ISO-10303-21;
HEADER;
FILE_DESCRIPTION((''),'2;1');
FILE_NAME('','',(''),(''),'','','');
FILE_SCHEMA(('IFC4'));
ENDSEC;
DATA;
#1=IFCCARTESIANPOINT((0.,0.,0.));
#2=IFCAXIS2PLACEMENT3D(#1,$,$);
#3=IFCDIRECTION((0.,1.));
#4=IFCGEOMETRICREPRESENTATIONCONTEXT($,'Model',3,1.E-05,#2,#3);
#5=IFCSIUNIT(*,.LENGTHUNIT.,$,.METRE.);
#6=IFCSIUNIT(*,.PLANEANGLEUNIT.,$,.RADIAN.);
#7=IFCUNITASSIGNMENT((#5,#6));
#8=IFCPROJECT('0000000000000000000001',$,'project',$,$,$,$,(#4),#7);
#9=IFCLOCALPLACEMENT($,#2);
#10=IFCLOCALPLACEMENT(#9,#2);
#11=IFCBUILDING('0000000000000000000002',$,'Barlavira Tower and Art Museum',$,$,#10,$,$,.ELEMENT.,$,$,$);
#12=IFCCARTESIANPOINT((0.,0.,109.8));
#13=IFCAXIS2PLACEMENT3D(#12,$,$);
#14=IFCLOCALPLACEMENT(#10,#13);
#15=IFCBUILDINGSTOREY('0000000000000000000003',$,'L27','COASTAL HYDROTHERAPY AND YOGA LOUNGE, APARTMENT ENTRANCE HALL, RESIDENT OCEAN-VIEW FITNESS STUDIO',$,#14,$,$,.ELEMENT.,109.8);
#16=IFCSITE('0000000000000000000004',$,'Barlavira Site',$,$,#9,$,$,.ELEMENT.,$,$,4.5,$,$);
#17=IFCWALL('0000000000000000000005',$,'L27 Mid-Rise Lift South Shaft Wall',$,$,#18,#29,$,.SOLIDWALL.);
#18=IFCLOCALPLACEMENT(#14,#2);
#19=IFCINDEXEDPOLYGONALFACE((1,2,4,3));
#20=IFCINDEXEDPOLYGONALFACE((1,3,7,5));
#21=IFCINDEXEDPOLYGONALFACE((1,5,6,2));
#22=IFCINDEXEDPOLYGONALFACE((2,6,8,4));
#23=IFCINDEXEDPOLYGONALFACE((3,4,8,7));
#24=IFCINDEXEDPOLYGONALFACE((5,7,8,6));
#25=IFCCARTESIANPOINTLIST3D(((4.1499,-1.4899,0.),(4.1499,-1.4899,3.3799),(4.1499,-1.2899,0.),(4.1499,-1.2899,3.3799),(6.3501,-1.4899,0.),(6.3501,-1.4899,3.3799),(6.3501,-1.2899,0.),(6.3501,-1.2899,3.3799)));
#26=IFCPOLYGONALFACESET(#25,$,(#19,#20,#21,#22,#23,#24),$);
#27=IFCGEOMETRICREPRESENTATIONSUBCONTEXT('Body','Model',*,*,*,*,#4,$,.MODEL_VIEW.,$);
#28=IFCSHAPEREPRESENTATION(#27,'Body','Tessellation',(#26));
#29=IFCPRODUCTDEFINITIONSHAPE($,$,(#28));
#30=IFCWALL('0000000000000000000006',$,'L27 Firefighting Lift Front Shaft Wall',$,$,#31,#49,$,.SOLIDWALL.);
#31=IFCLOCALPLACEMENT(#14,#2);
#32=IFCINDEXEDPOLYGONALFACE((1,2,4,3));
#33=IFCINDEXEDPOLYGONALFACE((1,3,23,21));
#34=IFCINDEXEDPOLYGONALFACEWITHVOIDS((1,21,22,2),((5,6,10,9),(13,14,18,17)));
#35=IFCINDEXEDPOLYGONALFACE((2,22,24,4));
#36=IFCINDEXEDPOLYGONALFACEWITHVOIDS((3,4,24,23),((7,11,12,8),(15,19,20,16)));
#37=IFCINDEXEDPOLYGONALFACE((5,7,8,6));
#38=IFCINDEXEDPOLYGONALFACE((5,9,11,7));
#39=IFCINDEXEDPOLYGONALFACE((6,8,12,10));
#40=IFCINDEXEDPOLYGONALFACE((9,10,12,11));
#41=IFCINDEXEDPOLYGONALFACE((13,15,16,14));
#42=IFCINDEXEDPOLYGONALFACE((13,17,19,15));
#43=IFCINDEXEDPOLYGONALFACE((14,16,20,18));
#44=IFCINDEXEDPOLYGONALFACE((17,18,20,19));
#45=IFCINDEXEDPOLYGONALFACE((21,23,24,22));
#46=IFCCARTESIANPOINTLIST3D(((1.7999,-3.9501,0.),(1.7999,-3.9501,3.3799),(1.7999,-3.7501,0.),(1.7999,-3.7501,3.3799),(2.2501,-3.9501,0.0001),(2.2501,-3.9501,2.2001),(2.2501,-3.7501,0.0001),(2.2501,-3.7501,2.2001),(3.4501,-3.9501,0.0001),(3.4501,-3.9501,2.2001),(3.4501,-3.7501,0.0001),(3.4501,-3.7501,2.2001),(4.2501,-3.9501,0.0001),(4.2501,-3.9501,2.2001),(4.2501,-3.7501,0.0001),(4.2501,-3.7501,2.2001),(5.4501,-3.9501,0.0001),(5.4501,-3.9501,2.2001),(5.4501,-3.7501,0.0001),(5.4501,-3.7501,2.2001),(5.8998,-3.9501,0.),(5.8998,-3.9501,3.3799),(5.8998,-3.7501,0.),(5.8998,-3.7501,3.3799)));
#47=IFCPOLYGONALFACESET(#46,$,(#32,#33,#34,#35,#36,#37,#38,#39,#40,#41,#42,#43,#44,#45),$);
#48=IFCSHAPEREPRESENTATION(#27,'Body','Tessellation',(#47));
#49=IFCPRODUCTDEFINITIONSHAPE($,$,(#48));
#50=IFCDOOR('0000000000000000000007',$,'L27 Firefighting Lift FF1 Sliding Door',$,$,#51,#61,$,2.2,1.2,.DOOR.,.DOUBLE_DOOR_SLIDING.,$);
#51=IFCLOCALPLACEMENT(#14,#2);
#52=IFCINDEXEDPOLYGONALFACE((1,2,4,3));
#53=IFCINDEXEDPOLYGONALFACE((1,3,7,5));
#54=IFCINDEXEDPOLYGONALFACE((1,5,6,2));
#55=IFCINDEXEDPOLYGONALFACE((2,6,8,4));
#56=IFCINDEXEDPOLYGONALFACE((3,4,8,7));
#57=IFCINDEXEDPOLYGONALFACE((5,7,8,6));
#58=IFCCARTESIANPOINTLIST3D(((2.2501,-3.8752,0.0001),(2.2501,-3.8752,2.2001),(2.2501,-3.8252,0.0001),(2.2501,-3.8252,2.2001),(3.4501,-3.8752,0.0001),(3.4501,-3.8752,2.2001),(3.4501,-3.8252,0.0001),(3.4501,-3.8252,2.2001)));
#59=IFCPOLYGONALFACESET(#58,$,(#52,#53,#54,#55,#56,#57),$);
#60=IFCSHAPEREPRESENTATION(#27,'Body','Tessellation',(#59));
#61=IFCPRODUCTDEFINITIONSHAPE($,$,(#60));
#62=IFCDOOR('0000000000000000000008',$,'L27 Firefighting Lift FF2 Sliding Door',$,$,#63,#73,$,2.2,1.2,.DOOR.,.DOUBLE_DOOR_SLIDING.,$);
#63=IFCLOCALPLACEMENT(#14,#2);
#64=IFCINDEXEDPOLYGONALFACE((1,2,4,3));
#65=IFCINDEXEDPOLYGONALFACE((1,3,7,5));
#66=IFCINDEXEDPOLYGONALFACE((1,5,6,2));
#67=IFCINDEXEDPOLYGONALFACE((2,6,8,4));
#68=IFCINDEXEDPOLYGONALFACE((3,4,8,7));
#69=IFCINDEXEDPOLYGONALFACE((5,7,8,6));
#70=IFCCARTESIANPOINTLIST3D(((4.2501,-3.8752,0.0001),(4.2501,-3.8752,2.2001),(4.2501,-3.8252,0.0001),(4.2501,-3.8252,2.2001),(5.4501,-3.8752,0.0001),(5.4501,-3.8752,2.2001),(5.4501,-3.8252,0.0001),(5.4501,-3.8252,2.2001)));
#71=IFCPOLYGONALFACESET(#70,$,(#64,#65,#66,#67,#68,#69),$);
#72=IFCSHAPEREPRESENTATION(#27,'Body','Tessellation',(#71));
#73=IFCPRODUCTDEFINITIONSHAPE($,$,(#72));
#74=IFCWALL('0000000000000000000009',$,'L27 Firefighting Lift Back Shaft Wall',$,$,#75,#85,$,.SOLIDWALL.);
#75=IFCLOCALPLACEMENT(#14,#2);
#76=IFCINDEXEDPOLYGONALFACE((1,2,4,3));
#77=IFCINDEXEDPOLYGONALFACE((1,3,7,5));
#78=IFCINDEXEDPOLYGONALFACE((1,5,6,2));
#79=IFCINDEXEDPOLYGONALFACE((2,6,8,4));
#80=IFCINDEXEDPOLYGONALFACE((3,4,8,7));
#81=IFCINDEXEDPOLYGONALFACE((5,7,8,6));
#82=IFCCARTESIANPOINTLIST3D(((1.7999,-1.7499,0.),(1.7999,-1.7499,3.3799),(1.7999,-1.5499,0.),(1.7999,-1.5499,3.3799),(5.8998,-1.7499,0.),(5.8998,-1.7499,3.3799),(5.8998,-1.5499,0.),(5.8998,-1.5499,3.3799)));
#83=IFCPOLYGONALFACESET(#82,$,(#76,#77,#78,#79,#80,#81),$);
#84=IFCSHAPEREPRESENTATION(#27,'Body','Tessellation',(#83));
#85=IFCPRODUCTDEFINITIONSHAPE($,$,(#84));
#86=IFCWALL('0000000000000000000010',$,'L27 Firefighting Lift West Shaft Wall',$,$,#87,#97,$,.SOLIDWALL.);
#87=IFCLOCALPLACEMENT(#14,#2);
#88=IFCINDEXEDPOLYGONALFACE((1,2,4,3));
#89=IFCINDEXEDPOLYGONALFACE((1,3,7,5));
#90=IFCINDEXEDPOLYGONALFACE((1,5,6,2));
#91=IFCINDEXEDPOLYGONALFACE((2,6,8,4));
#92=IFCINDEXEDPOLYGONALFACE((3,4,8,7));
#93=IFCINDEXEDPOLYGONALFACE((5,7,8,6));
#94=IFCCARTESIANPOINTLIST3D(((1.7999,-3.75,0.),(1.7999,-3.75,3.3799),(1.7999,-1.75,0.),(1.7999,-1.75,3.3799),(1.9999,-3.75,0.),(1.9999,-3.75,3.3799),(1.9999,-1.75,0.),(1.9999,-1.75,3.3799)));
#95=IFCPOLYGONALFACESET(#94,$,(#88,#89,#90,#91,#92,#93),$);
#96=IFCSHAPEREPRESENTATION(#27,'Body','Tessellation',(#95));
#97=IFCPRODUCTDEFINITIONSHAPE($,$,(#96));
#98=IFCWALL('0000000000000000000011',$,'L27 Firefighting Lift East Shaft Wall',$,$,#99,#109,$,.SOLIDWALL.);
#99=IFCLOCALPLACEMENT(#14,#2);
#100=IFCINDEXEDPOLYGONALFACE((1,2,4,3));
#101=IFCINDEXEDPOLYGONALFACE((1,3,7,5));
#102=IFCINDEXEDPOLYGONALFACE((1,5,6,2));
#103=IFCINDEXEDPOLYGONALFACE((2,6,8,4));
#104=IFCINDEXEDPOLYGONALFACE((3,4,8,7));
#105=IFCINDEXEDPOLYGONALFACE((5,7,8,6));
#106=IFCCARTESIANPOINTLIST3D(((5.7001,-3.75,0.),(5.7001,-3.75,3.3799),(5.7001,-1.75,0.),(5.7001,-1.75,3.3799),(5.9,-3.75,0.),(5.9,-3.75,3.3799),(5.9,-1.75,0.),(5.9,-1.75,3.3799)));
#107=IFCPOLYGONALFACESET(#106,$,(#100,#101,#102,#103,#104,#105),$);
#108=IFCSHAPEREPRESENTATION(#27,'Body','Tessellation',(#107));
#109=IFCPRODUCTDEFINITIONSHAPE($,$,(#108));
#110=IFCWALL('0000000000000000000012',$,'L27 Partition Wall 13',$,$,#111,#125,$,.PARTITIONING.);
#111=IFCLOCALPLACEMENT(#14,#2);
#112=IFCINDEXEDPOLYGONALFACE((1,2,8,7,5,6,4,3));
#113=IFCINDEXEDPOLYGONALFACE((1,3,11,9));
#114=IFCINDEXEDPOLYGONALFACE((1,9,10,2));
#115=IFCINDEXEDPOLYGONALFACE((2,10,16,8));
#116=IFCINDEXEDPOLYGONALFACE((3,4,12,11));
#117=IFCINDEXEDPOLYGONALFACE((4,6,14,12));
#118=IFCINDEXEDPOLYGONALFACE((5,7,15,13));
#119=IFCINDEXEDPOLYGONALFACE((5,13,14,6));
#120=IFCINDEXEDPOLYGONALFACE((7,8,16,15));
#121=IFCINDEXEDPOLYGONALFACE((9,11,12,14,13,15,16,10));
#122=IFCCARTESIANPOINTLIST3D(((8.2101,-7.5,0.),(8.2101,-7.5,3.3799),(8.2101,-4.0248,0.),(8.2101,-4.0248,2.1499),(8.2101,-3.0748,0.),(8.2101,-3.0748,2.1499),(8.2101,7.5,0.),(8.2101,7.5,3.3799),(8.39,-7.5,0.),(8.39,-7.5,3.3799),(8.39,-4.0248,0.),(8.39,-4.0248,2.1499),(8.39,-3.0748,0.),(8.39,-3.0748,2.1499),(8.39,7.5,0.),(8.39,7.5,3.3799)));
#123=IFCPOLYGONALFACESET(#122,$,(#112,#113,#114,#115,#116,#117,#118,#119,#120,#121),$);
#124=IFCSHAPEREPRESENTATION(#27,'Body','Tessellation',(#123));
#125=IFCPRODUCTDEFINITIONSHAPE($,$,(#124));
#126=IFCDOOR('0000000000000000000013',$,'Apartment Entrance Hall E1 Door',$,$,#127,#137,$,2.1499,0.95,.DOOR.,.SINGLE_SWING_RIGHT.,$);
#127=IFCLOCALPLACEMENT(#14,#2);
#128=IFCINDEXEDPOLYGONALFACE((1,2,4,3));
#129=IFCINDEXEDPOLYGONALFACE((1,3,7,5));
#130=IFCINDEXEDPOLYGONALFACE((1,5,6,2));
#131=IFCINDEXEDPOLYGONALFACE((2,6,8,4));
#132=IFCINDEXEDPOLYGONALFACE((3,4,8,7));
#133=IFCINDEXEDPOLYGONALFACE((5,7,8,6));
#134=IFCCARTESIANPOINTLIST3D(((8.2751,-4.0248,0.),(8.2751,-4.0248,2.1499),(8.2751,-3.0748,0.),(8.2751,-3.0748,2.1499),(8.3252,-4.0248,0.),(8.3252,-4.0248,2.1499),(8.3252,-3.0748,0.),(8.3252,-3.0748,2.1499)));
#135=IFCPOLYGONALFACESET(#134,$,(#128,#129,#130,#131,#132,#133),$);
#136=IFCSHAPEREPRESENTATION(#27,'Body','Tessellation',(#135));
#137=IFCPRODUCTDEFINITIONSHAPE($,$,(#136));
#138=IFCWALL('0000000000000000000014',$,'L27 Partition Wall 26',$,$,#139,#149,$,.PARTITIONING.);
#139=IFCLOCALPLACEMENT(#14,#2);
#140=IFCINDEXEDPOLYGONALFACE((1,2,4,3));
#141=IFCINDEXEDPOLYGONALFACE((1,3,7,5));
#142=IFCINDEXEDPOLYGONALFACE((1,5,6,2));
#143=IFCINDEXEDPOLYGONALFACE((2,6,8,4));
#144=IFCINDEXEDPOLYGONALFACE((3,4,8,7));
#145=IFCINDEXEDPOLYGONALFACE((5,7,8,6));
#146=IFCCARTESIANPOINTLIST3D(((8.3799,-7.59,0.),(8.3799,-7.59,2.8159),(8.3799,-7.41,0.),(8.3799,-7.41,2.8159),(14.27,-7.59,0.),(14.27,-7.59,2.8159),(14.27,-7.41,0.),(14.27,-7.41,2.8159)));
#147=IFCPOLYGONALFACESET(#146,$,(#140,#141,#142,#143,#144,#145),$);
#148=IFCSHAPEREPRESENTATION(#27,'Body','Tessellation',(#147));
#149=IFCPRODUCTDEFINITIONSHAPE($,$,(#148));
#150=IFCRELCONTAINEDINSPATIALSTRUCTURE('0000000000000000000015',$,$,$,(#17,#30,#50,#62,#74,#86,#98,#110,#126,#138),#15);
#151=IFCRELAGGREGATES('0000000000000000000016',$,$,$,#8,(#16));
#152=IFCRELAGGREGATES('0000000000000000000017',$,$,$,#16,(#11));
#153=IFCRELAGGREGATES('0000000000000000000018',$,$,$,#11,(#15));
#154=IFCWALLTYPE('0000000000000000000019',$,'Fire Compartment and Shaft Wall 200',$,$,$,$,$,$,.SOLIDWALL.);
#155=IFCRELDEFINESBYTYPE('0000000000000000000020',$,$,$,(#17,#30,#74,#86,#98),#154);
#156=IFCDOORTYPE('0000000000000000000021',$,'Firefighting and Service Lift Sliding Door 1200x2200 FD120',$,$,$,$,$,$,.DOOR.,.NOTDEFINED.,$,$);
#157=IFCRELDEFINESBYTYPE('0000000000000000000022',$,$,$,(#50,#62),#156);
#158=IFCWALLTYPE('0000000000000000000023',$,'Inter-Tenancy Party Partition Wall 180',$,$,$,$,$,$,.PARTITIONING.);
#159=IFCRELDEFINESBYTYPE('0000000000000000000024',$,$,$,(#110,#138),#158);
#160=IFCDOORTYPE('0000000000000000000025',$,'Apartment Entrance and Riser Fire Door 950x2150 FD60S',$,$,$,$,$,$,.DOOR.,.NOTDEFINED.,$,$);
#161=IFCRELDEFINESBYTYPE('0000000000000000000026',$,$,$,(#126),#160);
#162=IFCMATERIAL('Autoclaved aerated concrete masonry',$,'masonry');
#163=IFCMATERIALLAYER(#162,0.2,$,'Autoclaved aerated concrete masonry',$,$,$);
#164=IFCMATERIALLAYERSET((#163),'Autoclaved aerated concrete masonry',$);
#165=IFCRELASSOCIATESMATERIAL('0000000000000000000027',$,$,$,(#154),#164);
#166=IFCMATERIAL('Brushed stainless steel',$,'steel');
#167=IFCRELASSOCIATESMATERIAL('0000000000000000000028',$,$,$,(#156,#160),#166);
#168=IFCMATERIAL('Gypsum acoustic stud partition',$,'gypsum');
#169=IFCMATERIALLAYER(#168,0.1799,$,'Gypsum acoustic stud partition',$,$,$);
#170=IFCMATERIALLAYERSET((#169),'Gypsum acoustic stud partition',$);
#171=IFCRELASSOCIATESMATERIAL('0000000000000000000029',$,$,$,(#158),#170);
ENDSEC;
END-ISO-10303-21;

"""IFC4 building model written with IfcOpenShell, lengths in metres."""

from ifc_helpers import new_model, si_unit, direction, frame, frame_2d, origin, place, context, subcontext, project, spatial, rectangle, extrude, material, layer, layer_set, type_object, element, fill, save


model = new_model("IFC4")

# Units and contexts
model_context = context("Model", 3, precision=1e-05, world=origin(), true_north=direction((0.0, 1.0)))
body_context = subcontext(model_context, "Body", "Model", "MODEL_VIEW")
ifc_project = project(units=[si_unit("LENGTHUNIT", "METRE"), si_unit("PLANEANGLEUNIT", "RADIAN")], contexts=[model_context])

# Site, building, storey
site_placement = place(None, origin())
site = spatial("IfcSite", under=ifc_project, at=site_placement, Name="Barlavira Site", CompositionType="ELEMENT", RefElevation=4.5)
building_placement = place(site_placement, origin())
building = spatial("IfcBuilding", under=site, at=building_placement, Name="Barlavira Tower and Art Museum", CompositionType="ELEMENT")
storey_placement = place(building_placement, frame((0.0, 0.0, 109.8)))
storey = spatial("IfcBuildingStorey", under=building, at=storey_placement, Name="L27", Description="COASTAL HYDROTHERAPY AND YOGA LOUNGE, APARTMENT ENTRANCE HALL, RESIDENT OCEAN-VIEW FITNESS STUDIO", CompositionType="ELEMENT", Elevation=109.8)

# Shared definitions
ifc_material_1 = material(Name="Gypsum acoustic stud partition", Category="gypsum")
ifc_material_2 = material(Name="Brushed stainless steel", Category="steel")

# Wall
ifc_material_3 = material(Name="Autoclaved aerated concrete masonry", Category="masonry")
ifc_layer_1 = layer(ifc_material_3, 0.2, Name="Autoclaved aerated concrete masonry")
ifc_layer_set_1 = layer_set([ifc_layer_1], Name="Autoclaved aerated concrete masonry")
wall_type_1 = type_object("IfcWallType", Name="Fire Compartment and Shaft Wall 200", PredefinedType="SOLIDWALL", material=ifc_layer_set_1)
wall_1_placement = place(storey_placement, frame((4.1499, -1.3899, 0.0), z_axis=(0.0, 0.0, 1.0), x_axis=(1.0, 0.0, 0.0)))
element("IfcWall", 1, at=wall_1_placement, inside=storey, type_object=wall_type_1, Name="L27 Mid-Rise Lift South Shaft Wall", PredefinedType="SOLIDWALL", context=body_context, shape_type="SweptSolid", body=[
    extrude(rectangle(XDim=2.2002, YDim=0.2, at=frame_2d((1.1001, 0.0))), origin(), (0.0, 0.0, 1.0), 3.3799),
])

# Wall, openings, doors
wall_2_placement = place(storey_placement, frame((1.8, -3.8501, 0.0), z_axis=(0.0, 0.0, 1.0), x_axis=(1.0, 0.0, 0.0)))
wall_2 = element("IfcWall", 2, at=wall_2_placement, inside=storey, type_object=wall_type_1, Name="L27 Firefighting Lift Front Shaft Wall", PredefinedType="SOLIDWALL", context=body_context, shape_type="SweptSolid", body=[
    extrude(rectangle(XDim=4.0999, YDim=0.2, at=frame_2d((2.0498, 0.0))), origin(), (0.0, 0.0, 1.0), 3.3799),
])
opening_1_placement = place(wall_2_placement, frame((0.45, 0.0, 0.0)))
opening_1 = element("IfcOpeningElement", 3, at=opening_1_placement, cuts=wall_2, PredefinedType="OPENING", context=body_context, shape_type="SweptSolid", body=[
    extrude(rectangle(XDim=1.2, YDim=2.2, at=frame_2d((0.6001, 1.1001))), frame((0.0, 0.1099, 0.0), z_axis=(0.0, -1.0, 0.0), x_axis=(1.0, 0.0, 0.0)), (0.0, 0.0, 1.0), 0.22),
])
opening_2_placement = place(wall_2_placement, frame((2.45, 0.0, 0.0)))
opening_2 = element("IfcOpeningElement", 4, at=opening_2_placement, cuts=wall_2, PredefinedType="OPENING", context=body_context, shape_type="SweptSolid", body=[
    extrude(rectangle(XDim=1.2, YDim=2.2, at=frame_2d((0.6001, 1.1001))), frame((0.0, 0.1099, 0.0), z_axis=(0.0, -1.0, 0.0), x_axis=(1.0, 0.0, 0.0)), (0.0, 0.0, 1.0), 0.22),
])
door_type_1 = type_object("IfcDoorType", Name="Firefighting and Service Lift Sliding Door 1200x2200 FD120", OperationType="NOTDEFINED", PredefinedType="DOOR", material=ifc_material_2)
door_1_placement = place(opening_1_placement, origin())
door_1 = element("IfcDoor", 5, at=door_1_placement, inside=storey, type_object=door_type_1, Name="L27 Firefighting Lift FF1 Sliding Door", OperationType="DOUBLE_DOOR_SLIDING", OverallHeight=2.2, OverallWidth=1.2, PredefinedType="DOOR", context=body_context, shape_type="SweptSolid", body=[
    extrude(rectangle(XDim=1.2, YDim=2.2, at=frame_2d((0.6001, 1.1001))), frame((0.0, 0.0249, 0.0), z_axis=(0.0, -1.0, 0.0), x_axis=(1.0, 0.0, 0.0)), (0.0, 0.0, 1.0), 0.05),
])
fill(opening_1, door_1)
door_2_placement = place(opening_2_placement, origin())
door_2 = element("IfcDoor", 6, at=door_2_placement, inside=storey, type_object=door_type_1, Name="L27 Firefighting Lift FF2 Sliding Door", OperationType="DOUBLE_DOOR_SLIDING", OverallHeight=2.2, OverallWidth=1.2, PredefinedType="DOOR", context=body_context, shape_type="SweptSolid", body=[
    extrude(rectangle(XDim=1.2, YDim=2.2, at=frame_2d((0.6001, 1.1001))), frame((0.0, 0.0249, 0.0), z_axis=(0.0, -1.0, 0.0), x_axis=(1.0, 0.0, 0.0)), (0.0, 0.0, 1.0), 0.05),
])
fill(opening_2, door_2)

# Walls
wall_3_placement = place(storey_placement, frame((1.8, -1.6499, 0.0), z_axis=(0.0, 0.0, 1.0), x_axis=(1.0, 0.0, 0.0)))
element("IfcWall", 7, at=wall_3_placement, inside=storey, type_object=wall_type_1, Name="L27 Firefighting Lift Back Shaft Wall", PredefinedType="SOLIDWALL", context=body_context, shape_type="SweptSolid", body=[
    extrude(rectangle(XDim=4.0999, YDim=0.2, at=frame_2d((2.0498, 0.0))), origin(), (0.0, 0.0, 1.0), 3.3799),
])
for number, where, z_axis, x_axis, name in (
    (8, (1.8999, -3.75, 0.0), (0.0, 0.0, 1.0), (0.0, 1.0, 0.0), "L27 Firefighting Lift West Shaft Wall"),
    (9, (5.8, -3.75, 0.0), (0.0, 0.0, 1.0), (0.0, 1.0, 0.0), "L27 Firefighting Lift East Shaft Wall"),
):
    element("IfcWall", number, at=place(storey_placement, frame(where, z_axis=z_axis, x_axis=x_axis)), inside=storey, type_object=wall_type_1, Name=name, PredefinedType="SOLIDWALL", context=body_context, shape_type="SweptSolid", body=[
        extrude(rectangle(XDim=2.0, YDim=0.2, at=frame_2d((1.0, 0.0))), origin(), (0.0, 0.0, 1.0), 3.3799),
    ])

# Wall, opening, door
ifc_layer_2 = layer(ifc_material_1, 0.1799, Name="Gypsum acoustic stud partition")
ifc_layer_set_2 = layer_set([ifc_layer_2], Name="Gypsum acoustic stud partition")
wall_type_2 = type_object("IfcWallType", Name="Inter-Tenancy Party Partition Wall 180", PredefinedType="PARTITIONING", material=ifc_layer_set_2)
wall_4_placement = place(storey_placement, frame((8.3, -7.5, 0.0), z_axis=(0.0, 0.0, 1.0), x_axis=(0.0, 1.0, 0.0)))
wall_4 = element("IfcWall", 10, at=wall_4_placement, inside=storey, type_object=wall_type_2, Name="L27 Partition Wall 13", PredefinedType="PARTITIONING", context=body_context, shape_type="SweptSolid", body=[
    extrude(rectangle(XDim=15.0, YDim=0.1799, at=frame_2d((7.5, 0.0))), origin(), (0.0, 0.0, 1.0), 3.3799),
])
opening_3_placement = place(wall_4_placement, frame((3.4751, 0.0, 0.0)))
opening_3 = element("IfcOpeningElement", 11, at=opening_3_placement, cuts=wall_4, PredefinedType="OPENING", context=body_context, shape_type="SweptSolid", body=[
    extrude(rectangle(XDim=0.95, YDim=2.1499, at=frame_2d((0.4751, 1.075))), frame((0.0, 0.1001, 0.0), z_axis=(0.0, -1.0, 0.0), x_axis=(1.0, 0.0, 0.0)), (0.0, 0.0, 1.0), 0.2),
])
door_type_2 = type_object("IfcDoorType", Name="Apartment Entrance and Riser Fire Door 950x2150 FD60S", OperationType="NOTDEFINED", PredefinedType="DOOR", material=ifc_material_2)
door_3_placement = place(opening_3_placement, origin())
door_3 = element("IfcDoor", 12, at=door_3_placement, inside=storey, type_object=door_type_2, Name="Apartment Entrance Hall E1 Door", OperationType="SINGLE_SWING_RIGHT", OverallHeight=2.1499, OverallWidth=0.95, PredefinedType="DOOR", context=body_context, shape_type="SweptSolid", body=[
    extrude(rectangle(XDim=0.95, YDim=2.1499, at=frame_2d((0.4751, 1.075))), frame((0.0, 0.0249, 0.0), z_axis=(0.0, -1.0, 0.0), x_axis=(1.0, 0.0, 0.0)), (0.0, 0.0, 1.0), 0.05),
])
fill(opening_3, door_3)

# Wall
wall_5_placement = place(storey_placement, frame((8.3799, -7.5, 0.0), z_axis=(0.0, 0.0, 1.0), x_axis=(1.0, 0.0, 0.0)))
element("IfcWall", 13, at=wall_5_placement, inside=storey, type_object=wall_type_2, Name="L27 Partition Wall 26", PredefinedType="PARTITIONING", context=body_context, shape_type="SweptSolid", body=[
    extrude(rectangle(XDim=5.8901, YDim=0.1799, at=frame_2d((2.9451, 0.0))), origin(), (0.0, 0.0, 1.0), 2.8159),
])

save(model, "model.ifc")
